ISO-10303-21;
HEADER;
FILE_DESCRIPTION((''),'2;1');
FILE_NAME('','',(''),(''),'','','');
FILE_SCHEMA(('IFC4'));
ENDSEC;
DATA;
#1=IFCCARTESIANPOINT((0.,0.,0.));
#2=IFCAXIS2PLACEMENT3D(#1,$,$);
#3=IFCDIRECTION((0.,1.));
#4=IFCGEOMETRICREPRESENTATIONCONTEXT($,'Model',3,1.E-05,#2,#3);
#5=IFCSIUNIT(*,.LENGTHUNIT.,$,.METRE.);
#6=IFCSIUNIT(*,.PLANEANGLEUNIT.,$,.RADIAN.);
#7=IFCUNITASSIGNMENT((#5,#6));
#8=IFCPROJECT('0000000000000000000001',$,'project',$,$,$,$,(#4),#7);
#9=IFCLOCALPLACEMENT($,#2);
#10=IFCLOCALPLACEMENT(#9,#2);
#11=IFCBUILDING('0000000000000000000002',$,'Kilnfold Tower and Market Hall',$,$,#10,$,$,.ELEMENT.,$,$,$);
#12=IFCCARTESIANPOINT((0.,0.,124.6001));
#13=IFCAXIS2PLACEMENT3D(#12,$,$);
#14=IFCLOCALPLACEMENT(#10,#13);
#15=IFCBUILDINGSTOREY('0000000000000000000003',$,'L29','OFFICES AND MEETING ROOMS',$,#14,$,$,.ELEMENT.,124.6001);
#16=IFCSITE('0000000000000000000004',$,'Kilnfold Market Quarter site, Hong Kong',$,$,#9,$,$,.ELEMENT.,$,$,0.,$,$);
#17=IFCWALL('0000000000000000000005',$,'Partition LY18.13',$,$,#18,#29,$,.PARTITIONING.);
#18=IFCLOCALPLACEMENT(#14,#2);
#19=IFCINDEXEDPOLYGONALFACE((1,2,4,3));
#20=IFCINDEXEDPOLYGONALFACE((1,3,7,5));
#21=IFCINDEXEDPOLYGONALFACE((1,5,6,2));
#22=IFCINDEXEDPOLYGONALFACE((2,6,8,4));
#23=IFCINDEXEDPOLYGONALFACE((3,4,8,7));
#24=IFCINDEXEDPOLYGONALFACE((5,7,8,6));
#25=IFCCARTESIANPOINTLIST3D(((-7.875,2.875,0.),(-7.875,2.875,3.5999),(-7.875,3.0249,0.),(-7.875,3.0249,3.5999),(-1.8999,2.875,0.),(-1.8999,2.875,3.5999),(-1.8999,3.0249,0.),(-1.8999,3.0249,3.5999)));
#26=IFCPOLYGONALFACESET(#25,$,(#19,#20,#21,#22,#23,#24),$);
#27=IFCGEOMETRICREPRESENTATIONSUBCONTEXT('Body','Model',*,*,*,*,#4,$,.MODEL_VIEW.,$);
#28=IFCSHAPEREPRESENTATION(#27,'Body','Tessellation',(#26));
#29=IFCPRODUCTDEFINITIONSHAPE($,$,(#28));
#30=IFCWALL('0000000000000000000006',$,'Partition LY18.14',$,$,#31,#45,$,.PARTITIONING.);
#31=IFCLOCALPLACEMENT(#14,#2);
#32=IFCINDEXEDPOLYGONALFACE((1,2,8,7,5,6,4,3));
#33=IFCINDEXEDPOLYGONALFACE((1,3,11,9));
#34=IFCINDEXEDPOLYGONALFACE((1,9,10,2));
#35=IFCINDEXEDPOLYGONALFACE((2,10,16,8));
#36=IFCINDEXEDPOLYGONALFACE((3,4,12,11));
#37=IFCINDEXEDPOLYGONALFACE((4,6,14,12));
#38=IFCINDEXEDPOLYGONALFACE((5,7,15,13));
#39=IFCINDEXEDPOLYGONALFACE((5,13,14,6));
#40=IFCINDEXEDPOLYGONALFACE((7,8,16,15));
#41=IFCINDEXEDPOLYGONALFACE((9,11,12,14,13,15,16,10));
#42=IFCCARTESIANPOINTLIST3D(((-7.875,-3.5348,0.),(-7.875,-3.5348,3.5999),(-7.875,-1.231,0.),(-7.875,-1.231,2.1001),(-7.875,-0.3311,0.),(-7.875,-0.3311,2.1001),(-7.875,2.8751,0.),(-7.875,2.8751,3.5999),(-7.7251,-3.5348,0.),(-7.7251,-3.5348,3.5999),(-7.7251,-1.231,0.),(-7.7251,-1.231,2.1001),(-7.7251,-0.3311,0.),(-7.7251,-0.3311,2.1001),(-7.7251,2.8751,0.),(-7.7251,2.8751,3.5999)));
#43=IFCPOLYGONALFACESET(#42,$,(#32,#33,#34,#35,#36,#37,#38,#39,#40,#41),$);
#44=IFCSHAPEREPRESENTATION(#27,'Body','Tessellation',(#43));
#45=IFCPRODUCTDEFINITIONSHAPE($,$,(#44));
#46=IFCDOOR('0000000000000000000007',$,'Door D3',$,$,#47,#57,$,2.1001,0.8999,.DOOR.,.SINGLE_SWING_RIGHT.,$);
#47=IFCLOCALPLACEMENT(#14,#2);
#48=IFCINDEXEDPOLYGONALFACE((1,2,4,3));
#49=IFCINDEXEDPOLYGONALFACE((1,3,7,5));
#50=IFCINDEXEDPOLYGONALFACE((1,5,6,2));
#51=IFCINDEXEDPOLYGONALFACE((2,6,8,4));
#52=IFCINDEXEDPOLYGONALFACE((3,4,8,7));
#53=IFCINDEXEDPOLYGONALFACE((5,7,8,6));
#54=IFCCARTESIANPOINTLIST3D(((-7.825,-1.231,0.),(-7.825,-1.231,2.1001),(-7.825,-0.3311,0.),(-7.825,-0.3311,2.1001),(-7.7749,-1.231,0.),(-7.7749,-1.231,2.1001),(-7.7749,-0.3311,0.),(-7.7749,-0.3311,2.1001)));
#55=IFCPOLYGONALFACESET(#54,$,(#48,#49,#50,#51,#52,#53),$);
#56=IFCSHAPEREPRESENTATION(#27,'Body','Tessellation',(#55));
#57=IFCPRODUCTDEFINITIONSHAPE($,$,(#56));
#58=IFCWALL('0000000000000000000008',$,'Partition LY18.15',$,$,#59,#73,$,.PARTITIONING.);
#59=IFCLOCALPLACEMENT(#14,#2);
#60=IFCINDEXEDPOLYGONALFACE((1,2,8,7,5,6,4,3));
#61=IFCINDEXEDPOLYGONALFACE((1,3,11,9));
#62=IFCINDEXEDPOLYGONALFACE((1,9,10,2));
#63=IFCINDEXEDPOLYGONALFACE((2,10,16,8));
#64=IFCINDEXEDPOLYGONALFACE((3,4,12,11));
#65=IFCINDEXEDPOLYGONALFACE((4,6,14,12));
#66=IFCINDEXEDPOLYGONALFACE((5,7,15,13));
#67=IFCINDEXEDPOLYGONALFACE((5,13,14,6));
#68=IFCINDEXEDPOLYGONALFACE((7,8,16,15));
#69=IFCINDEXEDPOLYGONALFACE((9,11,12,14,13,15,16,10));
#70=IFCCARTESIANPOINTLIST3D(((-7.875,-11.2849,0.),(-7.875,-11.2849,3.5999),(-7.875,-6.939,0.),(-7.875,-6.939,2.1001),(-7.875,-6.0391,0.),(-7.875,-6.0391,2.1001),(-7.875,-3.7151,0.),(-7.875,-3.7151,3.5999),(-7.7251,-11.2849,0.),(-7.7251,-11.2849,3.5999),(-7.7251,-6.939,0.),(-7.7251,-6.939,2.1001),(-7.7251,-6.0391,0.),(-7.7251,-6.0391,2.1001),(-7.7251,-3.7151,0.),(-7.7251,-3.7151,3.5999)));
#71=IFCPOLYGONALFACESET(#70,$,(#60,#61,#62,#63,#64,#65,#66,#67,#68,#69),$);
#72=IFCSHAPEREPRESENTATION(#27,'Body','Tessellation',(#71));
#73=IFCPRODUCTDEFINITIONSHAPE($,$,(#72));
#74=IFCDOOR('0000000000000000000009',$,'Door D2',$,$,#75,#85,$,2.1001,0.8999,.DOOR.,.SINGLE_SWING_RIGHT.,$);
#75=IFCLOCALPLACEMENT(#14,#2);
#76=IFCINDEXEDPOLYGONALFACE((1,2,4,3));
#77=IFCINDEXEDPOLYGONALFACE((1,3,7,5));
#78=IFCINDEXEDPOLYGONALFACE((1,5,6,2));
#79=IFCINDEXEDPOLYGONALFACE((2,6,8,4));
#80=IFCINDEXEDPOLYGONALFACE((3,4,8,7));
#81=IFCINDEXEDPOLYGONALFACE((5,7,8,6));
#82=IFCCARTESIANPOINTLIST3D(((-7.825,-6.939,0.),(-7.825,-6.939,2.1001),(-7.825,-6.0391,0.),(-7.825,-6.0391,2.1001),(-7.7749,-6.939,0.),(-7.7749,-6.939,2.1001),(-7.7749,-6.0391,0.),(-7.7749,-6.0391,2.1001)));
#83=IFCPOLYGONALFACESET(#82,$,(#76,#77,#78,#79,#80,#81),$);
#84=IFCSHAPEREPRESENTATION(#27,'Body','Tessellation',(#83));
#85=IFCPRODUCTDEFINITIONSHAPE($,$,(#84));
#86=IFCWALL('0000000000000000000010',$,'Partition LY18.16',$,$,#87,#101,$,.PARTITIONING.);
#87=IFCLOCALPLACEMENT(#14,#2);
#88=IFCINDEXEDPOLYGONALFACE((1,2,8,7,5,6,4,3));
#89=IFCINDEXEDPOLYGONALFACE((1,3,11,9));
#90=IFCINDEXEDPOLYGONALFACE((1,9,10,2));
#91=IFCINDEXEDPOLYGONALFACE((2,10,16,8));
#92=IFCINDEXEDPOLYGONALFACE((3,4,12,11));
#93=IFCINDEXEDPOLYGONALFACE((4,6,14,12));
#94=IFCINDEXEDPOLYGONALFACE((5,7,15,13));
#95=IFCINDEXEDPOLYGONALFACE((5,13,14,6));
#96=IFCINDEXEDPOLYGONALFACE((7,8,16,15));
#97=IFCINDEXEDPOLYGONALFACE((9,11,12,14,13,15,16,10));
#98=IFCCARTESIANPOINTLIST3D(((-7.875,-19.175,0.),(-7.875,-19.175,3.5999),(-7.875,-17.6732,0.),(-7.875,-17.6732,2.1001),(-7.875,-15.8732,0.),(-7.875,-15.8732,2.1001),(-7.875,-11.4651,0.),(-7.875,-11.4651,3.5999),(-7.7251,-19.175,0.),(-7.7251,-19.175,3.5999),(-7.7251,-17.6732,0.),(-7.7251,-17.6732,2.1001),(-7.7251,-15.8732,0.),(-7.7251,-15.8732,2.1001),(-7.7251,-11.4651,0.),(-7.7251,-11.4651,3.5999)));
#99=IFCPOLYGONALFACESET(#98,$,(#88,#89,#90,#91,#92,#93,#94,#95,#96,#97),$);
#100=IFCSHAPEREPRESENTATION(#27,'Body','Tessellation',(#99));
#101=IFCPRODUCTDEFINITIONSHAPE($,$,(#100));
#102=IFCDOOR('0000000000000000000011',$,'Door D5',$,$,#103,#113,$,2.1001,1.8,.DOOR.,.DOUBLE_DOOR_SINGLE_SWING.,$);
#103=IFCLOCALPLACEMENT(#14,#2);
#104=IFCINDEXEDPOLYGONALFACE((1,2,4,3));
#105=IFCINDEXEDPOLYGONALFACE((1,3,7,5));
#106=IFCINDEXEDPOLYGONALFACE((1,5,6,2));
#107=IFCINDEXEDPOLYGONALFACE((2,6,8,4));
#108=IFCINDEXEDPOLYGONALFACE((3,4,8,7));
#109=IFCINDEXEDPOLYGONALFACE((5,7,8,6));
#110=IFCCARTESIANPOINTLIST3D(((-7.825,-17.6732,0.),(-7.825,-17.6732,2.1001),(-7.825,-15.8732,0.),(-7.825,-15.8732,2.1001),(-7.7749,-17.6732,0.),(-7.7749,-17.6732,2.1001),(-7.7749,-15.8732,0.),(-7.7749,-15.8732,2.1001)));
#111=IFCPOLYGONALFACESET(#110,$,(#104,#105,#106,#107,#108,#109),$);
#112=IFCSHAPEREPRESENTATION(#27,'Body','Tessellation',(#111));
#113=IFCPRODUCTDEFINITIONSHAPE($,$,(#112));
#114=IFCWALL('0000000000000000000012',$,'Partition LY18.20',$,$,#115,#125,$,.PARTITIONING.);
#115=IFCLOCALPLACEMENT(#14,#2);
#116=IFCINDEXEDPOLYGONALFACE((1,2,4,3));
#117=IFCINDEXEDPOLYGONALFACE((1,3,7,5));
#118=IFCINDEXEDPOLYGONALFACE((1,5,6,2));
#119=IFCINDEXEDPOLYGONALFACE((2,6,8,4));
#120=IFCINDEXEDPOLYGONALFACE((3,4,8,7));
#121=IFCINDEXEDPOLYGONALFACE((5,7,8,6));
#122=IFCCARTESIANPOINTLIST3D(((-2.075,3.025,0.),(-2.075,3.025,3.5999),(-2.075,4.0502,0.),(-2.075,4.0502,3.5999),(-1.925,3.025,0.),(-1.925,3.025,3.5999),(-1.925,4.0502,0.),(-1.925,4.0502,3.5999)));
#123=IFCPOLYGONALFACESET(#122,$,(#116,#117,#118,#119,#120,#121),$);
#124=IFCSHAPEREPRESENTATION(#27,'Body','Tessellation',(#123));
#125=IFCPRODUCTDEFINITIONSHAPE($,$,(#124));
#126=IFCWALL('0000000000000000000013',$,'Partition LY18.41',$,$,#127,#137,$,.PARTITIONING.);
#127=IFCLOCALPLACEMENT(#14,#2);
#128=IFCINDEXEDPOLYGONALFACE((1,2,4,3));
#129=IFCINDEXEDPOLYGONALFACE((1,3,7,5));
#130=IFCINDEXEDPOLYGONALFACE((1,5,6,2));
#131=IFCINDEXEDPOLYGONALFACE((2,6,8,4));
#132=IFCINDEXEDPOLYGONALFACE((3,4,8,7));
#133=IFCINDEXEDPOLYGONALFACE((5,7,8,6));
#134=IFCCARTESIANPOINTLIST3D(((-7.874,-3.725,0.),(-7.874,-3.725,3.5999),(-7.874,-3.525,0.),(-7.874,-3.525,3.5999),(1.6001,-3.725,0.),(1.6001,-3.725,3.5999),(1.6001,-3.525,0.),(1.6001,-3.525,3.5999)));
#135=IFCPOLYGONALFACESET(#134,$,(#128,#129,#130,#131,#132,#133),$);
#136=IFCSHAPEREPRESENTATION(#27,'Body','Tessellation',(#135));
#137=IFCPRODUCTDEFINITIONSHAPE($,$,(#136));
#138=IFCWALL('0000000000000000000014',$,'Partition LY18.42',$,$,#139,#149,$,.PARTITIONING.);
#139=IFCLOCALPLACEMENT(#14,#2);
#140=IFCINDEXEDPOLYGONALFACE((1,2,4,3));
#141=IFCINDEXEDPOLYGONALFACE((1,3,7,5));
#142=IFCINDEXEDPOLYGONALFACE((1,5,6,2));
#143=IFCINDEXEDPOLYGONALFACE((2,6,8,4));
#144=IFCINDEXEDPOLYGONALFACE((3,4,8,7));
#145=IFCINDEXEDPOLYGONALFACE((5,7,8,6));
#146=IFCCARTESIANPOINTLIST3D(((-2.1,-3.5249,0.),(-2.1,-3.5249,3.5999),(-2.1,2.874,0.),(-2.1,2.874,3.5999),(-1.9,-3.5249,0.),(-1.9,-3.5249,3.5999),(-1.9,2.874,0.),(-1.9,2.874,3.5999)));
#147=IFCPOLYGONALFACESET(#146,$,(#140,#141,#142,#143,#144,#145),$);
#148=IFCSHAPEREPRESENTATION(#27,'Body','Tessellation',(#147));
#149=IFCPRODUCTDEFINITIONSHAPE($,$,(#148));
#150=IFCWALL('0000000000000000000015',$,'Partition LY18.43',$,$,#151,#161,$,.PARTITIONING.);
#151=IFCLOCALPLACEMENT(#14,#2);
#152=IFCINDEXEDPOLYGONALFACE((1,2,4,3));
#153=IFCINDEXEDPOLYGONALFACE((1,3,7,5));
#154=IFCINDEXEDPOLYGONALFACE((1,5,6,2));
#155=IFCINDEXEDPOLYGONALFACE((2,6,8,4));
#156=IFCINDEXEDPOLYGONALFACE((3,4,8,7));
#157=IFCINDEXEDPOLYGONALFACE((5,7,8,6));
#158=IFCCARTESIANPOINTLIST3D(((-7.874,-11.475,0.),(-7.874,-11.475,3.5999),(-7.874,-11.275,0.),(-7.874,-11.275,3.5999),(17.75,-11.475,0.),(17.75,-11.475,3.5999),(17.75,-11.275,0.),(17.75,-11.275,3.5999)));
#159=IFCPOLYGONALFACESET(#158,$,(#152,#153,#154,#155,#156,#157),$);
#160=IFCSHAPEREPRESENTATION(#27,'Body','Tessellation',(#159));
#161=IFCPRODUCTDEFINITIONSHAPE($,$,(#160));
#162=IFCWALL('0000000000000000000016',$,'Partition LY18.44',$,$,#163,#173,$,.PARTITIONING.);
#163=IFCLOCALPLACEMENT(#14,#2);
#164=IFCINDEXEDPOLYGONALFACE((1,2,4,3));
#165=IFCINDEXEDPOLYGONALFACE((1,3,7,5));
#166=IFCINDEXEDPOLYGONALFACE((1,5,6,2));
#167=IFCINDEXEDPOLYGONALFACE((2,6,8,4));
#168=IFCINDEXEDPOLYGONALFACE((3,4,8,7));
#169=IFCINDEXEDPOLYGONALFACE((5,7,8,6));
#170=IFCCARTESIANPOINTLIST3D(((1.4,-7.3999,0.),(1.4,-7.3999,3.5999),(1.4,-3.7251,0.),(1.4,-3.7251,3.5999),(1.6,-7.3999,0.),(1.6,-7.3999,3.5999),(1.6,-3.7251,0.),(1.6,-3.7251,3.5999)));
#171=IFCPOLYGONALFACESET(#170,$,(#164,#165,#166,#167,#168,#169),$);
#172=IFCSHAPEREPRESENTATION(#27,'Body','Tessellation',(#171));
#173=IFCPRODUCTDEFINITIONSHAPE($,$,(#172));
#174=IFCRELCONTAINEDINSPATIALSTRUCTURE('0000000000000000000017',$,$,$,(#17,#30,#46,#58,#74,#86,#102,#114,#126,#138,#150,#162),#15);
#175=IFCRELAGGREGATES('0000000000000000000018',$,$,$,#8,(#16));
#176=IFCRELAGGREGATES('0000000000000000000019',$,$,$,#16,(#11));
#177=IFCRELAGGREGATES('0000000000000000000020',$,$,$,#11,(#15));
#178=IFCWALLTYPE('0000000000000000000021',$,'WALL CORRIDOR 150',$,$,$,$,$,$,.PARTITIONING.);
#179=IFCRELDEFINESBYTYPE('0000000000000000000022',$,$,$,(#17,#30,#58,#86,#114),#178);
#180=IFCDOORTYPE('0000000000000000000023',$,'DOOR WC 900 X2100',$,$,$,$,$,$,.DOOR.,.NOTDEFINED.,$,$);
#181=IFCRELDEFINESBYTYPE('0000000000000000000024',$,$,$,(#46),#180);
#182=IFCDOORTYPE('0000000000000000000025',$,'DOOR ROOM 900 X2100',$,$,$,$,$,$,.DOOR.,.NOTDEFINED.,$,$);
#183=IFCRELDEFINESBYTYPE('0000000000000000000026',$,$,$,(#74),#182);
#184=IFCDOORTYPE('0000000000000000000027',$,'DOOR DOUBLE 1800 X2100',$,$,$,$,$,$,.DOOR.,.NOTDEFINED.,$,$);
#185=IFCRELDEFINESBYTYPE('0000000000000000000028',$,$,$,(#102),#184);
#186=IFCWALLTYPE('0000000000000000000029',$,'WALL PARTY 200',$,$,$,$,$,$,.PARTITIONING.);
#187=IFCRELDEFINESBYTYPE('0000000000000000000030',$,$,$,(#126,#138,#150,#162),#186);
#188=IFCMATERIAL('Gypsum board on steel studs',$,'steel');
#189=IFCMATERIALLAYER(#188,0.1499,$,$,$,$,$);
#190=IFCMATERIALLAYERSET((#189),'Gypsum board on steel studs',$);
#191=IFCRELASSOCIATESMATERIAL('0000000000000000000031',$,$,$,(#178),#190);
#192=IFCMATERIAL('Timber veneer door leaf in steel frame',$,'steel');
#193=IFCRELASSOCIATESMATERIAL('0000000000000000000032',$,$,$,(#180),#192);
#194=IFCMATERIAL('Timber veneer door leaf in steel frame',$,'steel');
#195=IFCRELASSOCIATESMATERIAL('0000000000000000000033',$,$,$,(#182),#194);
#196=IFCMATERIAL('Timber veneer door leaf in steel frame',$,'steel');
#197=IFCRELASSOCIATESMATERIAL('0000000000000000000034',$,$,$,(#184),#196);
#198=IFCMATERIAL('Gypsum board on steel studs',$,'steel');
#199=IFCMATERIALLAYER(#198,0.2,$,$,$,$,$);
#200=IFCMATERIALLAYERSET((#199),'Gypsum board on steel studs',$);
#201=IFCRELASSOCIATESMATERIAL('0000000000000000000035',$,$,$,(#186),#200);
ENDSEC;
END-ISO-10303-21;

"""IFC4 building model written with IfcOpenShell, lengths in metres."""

from ifc_helpers import new_model, si_unit, direction, frame, frame_2d, origin, place, context, subcontext, project, spatial, rectangle, extrude, material, layer, layer_set, type_object, element, fill, save


model = new_model("IFC4")

# Units and contexts
model_context = context("Model", 3, precision=1e-05, world=origin(), true_north=direction((0.0, 1.0)))
body_context = subcontext(model_context, "Body", "Model", "MODEL_VIEW")
ifc_project = project(units=[si_unit("LENGTHUNIT", "METRE"), si_unit("PLANEANGLEUNIT", "RADIAN")], contexts=[model_context])

# Site, building, storey
site_placement = place(None, origin())
site = spatial("IfcSite", under=ifc_project, at=site_placement, Name="Kilnfold Market Quarter site, Hong Kong", CompositionType="ELEMENT", RefElevation=0.0)
building_placement = place(site_placement, origin())
building = spatial("IfcBuilding", under=site, at=building_placement, Name="Kilnfold Tower and Market Hall", CompositionType="ELEMENT")
storey_placement = place(building_placement, frame((0.0, 0.0, 124.6001)))
storey = spatial("IfcBuildingStorey", under=building, at=storey_placement, Name="L29", Description="OFFICES AND MEETING ROOMS", CompositionType="ELEMENT", Elevation=124.6001)

# Shared definitions
ifc_material_1 = material(Name="Gypsum board on steel studs", Category="steel")
ifc_layer_1 = layer(ifc_material_1, 0.1499)
ifc_layer_set_1 = layer_set([ifc_layer_1], Name="Gypsum board on steel studs")
wall_type_1 = type_object("IfcWallType", Name="WALL CORRIDOR 150", PredefinedType="PARTITIONING", material=ifc_layer_set_1)

# Wall
wall_1_placement = place(storey_placement, frame((-7.875, 2.95, 0.0), z_axis=(0.0, 0.0, 1.0), x_axis=(1.0, 0.0, 0.0)))
element("IfcWall", 1, at=wall_1_placement, inside=storey, type_object=wall_type_1, Name="Partition LY18.13", PredefinedType="PARTITIONING", context=body_context, shape_type="SweptSolid", body=[
    extrude(rectangle(XDim=5.9751, YDim=0.1499, at=frame_2d((2.9875, 0.0))), origin(), (0.0, 0.0, 1.0), 3.5999),
])

# Walls, openings, doors
wall_2_placement = place(storey_placement, frame((-7.8, -3.5349, 0.0), z_axis=(0.0, 0.0, 1.0), x_axis=(0.0, 1.0, 0.0)))
wall_2 = element("IfcWall", 2, at=wall_2_placement, inside=storey, type_object=wall_type_1, Name="Partition LY18.14", PredefinedType="PARTITIONING", context=body_context, shape_type="SweptSolid", body=[
    extrude(rectangle(XDim=6.4099, YDim=0.1499, at=frame_2d((3.2051, 0.0))), origin(), (0.0, 0.0, 1.0), 3.5999),
])
opening_1_placement = place(wall_2_placement, frame((2.304, 0.0, 0.0)))
opening_1 = element("IfcOpeningElement", 3, at=opening_1_placement, cuts=wall_2, PredefinedType="OPENING", context=body_context, shape_type="SweptSolid", body=[
    extrude(rectangle(XDim=0.8999, YDim=2.1001, at=frame_2d((0.45, 1.05))), frame((0.0, 0.085, 0.0), z_axis=(0.0, -1.0, 0.0), x_axis=(1.0, 0.0, 0.0)), (0.0, 0.0, 1.0), 0.1699),
])
ifc_material_2 = material(Name="Timber veneer door leaf in steel frame", Category="steel")
door_type_1 = type_object("IfcDoorType", Name="DOOR WC 900 X2100", OperationType="NOTDEFINED", PredefinedType="DOOR", material=ifc_material_2)
door_1_placement = place(opening_1_placement, origin())
door_1 = element("IfcDoor", 4, at=door_1_placement, inside=storey, type_object=door_type_1, Name="Door D3", OperationType="SINGLE_SWING_RIGHT", OverallHeight=2.1001, OverallWidth=0.8999, PredefinedType="DOOR", context=body_context, shape_type="SweptSolid", body=[
    extrude(rectangle(XDim=0.8999, YDim=2.1001, at=frame_2d((0.45, 1.05))), frame((0.0, 0.0249, 0.0), z_axis=(0.0, -1.0, 0.0), x_axis=(1.0, 0.0, 0.0)), (0.0, 0.0, 1.0), 0.05),
])
fill(opening_1, door_1)
wall_3_placement = place(storey_placement, frame((-7.8, -11.2849, 0.0), z_axis=(0.0, 0.0, 1.0), x_axis=(0.0, 1.0, 0.0)))
wall_3 = element("IfcWall", 5, at=wall_3_placement, inside=storey, type_object=wall_type_1, Name="Partition LY18.15", PredefinedType="PARTITIONING", context=body_context, shape_type="SweptSolid", body=[
    extrude(rectangle(XDim=7.5698, YDim=0.1499, at=frame_2d((3.7849, 0.0))), origin(), (0.0, 0.0, 1.0), 3.5999),
])
opening_2_placement = place(wall_3_placement, frame((4.3459, 0.0, 0.0)))
opening_2 = element("IfcOpeningElement", 6, at=opening_2_placement, cuts=wall_3, PredefinedType="OPENING", context=body_context, shape_type="SweptSolid", body=[
    extrude(rectangle(XDim=0.8999, YDim=2.1001, at=frame_2d((0.45, 1.05))), frame((0.0, 0.085, 0.0), z_axis=(0.0, -1.0, 0.0), x_axis=(1.0, 0.0, 0.0)), (0.0, 0.0, 1.0), 0.1699),
])
ifc_material_3 = material(Name="Timber veneer door leaf in steel frame", Category="steel")
door_type_2 = type_object("IfcDoorType", Name="DOOR ROOM 900 X2100", OperationType="NOTDEFINED", PredefinedType="DOOR", material=ifc_material_3)
door_2_placement = place(opening_2_placement, origin())
door_2 = element("IfcDoor", 7, at=door_2_placement, inside=storey, type_object=door_type_2, Name="Door D2", OperationType="SINGLE_SWING_RIGHT", OverallHeight=2.1001, OverallWidth=0.8999, PredefinedType="DOOR", context=body_context, shape_type="SweptSolid", body=[
    extrude(rectangle(XDim=0.8999, YDim=2.1001, at=frame_2d((0.45, 1.05))), frame((0.0, 0.0249, 0.0), z_axis=(0.0, -1.0, 0.0), x_axis=(1.0, 0.0, 0.0)), (0.0, 0.0, 1.0), 0.05),
])
fill(opening_2, door_2)
wall_4_placement = place(storey_placement, frame((-7.8, -19.175, 0.0), z_axis=(0.0, 0.0, 1.0), x_axis=(0.0, 1.0, 0.0)))
wall_4 = element("IfcWall", 8, at=wall_4_placement, inside=storey, type_object=wall_type_1, Name="Partition LY18.16", PredefinedType="PARTITIONING", context=body_context, shape_type="SweptSolid", body=[
    extrude(rectangle(XDim=7.71, YDim=0.1499, at=frame_2d((3.855, 0.0))), origin(), (0.0, 0.0, 1.0), 3.5999),
])
opening_3_placement = place(wall_4_placement, frame((1.502, 0.0, 0.0)))
opening_3 = element("IfcOpeningElement", 9, at=opening_3_placement, cuts=wall_4, PredefinedType="OPENING", context=body_context, shape_type="SweptSolid", body=[
    extrude(rectangle(XDim=1.8, YDim=2.1001, at=frame_2d((0.8999, 1.05))), frame((0.0, 0.085, 0.0), z_axis=(0.0, -1.0, 0.0), x_axis=(1.0, 0.0, 0.0)), (0.0, 0.0, 1.0), 0.1699),
])
ifc_material_4 = material(Name="Timber veneer door leaf in steel frame", Category="steel")
door_type_3 = type_object("IfcDoorType", Name="DOOR DOUBLE 1800 X2100", OperationType="NOTDEFINED", PredefinedType="DOOR", material=ifc_material_4)
door_3_placement = place(opening_3_placement, origin())
door_3 = element("IfcDoor", 10, at=door_3_placement, inside=storey, type_object=door_type_3, Name="Door D5", OperationType="DOUBLE_DOOR_SINGLE_SWING", OverallHeight=2.1001, OverallWidth=1.8, PredefinedType="DOOR", context=body_context, shape_type="SweptSolid", body=[
    extrude(rectangle(XDim=1.8, YDim=2.1001, at=frame_2d((0.8999, 1.05))), frame((0.0, 0.0249, 0.0), z_axis=(0.0, -1.0, 0.0), x_axis=(1.0, 0.0, 0.0)), (0.0, 0.0, 1.0), 0.05),
])
fill(opening_3, door_3)

# Walls
wall_5_placement = place(storey_placement, frame((-2.0, 3.0249, 0.0), z_axis=(0.0, 0.0, 1.0), x_axis=(0.0, 1.0, 0.0)))
element("IfcWall", 11, at=wall_5_placement, inside=storey, type_object=wall_type_1, Name="Partition LY18.20", PredefinedType="PARTITIONING", context=body_context, shape_type="SweptSolid", body=[
    extrude(rectangle(XDim=1.0251, YDim=0.1499, at=frame_2d((0.5127, 0.0))), origin(), (0.0, 0.0, 1.0), 3.5999),
])
ifc_material_5 = material(Name="Gypsum board on steel studs", Category="steel")
ifc_layer_2 = layer(ifc_material_5, 0.2)
ifc_layer_set_2 = layer_set([ifc_layer_2], Name="Gypsum board on steel studs")
wall_type_2 = type_object("IfcWallType", Name="WALL PARTY 200", PredefinedType="PARTITIONING", material=ifc_layer_set_2)
wall_6_placement = place(storey_placement, frame((-7.874, -3.625, 0.0), z_axis=(0.0, 0.0, 1.0), x_axis=(1.0, 0.0, 0.0)))
element("IfcWall", 12, at=wall_6_placement, inside=storey, type_object=wall_type_2, Name="Partition LY18.41", PredefinedType="PARTITIONING", context=body_context, shape_type="SweptSolid", body=[
    extrude(rectangle(XDim=9.4741, YDim=0.2, at=frame_2d((4.7371, 0.0))), origin(), (0.0, 0.0, 1.0), 3.5999),
])
wall_7_placement = place(storey_placement, frame((-2.0, -3.5249, 0.0), z_axis=(0.0, 0.0, 1.0), x_axis=(0.0, 1.0, 0.0)))
element("IfcWall", 13, at=wall_7_placement, inside=storey, type_object=wall_type_2, Name="Partition LY18.42", PredefinedType="PARTITIONING", context=body_context, shape_type="SweptSolid", body=[
    extrude(rectangle(XDim=6.3989, YDim=0.2, at=frame_2d((3.1995, 0.0))), origin(), (0.0, 0.0, 1.0), 3.5999),
])
wall_8_placement = place(storey_placement, frame((-7.874, -11.375, 0.0), z_axis=(0.0, 0.0, 1.0), x_axis=(1.0, 0.0, 0.0)))
element("IfcWall", 14, at=wall_8_placement, inside=storey, type_object=wall_type_2, Name="Partition LY18.43", PredefinedType="PARTITIONING", context=body_context, shape_type="SweptSolid", body=[
    extrude(rectangle(XDim=25.624, YDim=0.2, at=frame_2d((12.812, 0.0))), origin(), (0.0, 0.0, 1.0), 3.5999),
])
wall_9_placement = place(storey_placement, frame((1.5, -7.3999, 0.0), z_axis=(0.0, 0.0, 1.0), x_axis=(0.0, 1.0, 0.0)))
element("IfcWall", 15, at=wall_9_placement, inside=storey, type_object=wall_type_2, Name="Partition LY18.44", PredefinedType="PARTITIONING", context=body_context, shape_type="SweptSolid", body=[
    extrude(rectangle(XDim=3.6748, YDim=0.2, at=frame_2d((1.8374, 0.0))), origin(), (0.0, 0.0, 1.0), 3.5999),
])

save(model, "model.ifc")
